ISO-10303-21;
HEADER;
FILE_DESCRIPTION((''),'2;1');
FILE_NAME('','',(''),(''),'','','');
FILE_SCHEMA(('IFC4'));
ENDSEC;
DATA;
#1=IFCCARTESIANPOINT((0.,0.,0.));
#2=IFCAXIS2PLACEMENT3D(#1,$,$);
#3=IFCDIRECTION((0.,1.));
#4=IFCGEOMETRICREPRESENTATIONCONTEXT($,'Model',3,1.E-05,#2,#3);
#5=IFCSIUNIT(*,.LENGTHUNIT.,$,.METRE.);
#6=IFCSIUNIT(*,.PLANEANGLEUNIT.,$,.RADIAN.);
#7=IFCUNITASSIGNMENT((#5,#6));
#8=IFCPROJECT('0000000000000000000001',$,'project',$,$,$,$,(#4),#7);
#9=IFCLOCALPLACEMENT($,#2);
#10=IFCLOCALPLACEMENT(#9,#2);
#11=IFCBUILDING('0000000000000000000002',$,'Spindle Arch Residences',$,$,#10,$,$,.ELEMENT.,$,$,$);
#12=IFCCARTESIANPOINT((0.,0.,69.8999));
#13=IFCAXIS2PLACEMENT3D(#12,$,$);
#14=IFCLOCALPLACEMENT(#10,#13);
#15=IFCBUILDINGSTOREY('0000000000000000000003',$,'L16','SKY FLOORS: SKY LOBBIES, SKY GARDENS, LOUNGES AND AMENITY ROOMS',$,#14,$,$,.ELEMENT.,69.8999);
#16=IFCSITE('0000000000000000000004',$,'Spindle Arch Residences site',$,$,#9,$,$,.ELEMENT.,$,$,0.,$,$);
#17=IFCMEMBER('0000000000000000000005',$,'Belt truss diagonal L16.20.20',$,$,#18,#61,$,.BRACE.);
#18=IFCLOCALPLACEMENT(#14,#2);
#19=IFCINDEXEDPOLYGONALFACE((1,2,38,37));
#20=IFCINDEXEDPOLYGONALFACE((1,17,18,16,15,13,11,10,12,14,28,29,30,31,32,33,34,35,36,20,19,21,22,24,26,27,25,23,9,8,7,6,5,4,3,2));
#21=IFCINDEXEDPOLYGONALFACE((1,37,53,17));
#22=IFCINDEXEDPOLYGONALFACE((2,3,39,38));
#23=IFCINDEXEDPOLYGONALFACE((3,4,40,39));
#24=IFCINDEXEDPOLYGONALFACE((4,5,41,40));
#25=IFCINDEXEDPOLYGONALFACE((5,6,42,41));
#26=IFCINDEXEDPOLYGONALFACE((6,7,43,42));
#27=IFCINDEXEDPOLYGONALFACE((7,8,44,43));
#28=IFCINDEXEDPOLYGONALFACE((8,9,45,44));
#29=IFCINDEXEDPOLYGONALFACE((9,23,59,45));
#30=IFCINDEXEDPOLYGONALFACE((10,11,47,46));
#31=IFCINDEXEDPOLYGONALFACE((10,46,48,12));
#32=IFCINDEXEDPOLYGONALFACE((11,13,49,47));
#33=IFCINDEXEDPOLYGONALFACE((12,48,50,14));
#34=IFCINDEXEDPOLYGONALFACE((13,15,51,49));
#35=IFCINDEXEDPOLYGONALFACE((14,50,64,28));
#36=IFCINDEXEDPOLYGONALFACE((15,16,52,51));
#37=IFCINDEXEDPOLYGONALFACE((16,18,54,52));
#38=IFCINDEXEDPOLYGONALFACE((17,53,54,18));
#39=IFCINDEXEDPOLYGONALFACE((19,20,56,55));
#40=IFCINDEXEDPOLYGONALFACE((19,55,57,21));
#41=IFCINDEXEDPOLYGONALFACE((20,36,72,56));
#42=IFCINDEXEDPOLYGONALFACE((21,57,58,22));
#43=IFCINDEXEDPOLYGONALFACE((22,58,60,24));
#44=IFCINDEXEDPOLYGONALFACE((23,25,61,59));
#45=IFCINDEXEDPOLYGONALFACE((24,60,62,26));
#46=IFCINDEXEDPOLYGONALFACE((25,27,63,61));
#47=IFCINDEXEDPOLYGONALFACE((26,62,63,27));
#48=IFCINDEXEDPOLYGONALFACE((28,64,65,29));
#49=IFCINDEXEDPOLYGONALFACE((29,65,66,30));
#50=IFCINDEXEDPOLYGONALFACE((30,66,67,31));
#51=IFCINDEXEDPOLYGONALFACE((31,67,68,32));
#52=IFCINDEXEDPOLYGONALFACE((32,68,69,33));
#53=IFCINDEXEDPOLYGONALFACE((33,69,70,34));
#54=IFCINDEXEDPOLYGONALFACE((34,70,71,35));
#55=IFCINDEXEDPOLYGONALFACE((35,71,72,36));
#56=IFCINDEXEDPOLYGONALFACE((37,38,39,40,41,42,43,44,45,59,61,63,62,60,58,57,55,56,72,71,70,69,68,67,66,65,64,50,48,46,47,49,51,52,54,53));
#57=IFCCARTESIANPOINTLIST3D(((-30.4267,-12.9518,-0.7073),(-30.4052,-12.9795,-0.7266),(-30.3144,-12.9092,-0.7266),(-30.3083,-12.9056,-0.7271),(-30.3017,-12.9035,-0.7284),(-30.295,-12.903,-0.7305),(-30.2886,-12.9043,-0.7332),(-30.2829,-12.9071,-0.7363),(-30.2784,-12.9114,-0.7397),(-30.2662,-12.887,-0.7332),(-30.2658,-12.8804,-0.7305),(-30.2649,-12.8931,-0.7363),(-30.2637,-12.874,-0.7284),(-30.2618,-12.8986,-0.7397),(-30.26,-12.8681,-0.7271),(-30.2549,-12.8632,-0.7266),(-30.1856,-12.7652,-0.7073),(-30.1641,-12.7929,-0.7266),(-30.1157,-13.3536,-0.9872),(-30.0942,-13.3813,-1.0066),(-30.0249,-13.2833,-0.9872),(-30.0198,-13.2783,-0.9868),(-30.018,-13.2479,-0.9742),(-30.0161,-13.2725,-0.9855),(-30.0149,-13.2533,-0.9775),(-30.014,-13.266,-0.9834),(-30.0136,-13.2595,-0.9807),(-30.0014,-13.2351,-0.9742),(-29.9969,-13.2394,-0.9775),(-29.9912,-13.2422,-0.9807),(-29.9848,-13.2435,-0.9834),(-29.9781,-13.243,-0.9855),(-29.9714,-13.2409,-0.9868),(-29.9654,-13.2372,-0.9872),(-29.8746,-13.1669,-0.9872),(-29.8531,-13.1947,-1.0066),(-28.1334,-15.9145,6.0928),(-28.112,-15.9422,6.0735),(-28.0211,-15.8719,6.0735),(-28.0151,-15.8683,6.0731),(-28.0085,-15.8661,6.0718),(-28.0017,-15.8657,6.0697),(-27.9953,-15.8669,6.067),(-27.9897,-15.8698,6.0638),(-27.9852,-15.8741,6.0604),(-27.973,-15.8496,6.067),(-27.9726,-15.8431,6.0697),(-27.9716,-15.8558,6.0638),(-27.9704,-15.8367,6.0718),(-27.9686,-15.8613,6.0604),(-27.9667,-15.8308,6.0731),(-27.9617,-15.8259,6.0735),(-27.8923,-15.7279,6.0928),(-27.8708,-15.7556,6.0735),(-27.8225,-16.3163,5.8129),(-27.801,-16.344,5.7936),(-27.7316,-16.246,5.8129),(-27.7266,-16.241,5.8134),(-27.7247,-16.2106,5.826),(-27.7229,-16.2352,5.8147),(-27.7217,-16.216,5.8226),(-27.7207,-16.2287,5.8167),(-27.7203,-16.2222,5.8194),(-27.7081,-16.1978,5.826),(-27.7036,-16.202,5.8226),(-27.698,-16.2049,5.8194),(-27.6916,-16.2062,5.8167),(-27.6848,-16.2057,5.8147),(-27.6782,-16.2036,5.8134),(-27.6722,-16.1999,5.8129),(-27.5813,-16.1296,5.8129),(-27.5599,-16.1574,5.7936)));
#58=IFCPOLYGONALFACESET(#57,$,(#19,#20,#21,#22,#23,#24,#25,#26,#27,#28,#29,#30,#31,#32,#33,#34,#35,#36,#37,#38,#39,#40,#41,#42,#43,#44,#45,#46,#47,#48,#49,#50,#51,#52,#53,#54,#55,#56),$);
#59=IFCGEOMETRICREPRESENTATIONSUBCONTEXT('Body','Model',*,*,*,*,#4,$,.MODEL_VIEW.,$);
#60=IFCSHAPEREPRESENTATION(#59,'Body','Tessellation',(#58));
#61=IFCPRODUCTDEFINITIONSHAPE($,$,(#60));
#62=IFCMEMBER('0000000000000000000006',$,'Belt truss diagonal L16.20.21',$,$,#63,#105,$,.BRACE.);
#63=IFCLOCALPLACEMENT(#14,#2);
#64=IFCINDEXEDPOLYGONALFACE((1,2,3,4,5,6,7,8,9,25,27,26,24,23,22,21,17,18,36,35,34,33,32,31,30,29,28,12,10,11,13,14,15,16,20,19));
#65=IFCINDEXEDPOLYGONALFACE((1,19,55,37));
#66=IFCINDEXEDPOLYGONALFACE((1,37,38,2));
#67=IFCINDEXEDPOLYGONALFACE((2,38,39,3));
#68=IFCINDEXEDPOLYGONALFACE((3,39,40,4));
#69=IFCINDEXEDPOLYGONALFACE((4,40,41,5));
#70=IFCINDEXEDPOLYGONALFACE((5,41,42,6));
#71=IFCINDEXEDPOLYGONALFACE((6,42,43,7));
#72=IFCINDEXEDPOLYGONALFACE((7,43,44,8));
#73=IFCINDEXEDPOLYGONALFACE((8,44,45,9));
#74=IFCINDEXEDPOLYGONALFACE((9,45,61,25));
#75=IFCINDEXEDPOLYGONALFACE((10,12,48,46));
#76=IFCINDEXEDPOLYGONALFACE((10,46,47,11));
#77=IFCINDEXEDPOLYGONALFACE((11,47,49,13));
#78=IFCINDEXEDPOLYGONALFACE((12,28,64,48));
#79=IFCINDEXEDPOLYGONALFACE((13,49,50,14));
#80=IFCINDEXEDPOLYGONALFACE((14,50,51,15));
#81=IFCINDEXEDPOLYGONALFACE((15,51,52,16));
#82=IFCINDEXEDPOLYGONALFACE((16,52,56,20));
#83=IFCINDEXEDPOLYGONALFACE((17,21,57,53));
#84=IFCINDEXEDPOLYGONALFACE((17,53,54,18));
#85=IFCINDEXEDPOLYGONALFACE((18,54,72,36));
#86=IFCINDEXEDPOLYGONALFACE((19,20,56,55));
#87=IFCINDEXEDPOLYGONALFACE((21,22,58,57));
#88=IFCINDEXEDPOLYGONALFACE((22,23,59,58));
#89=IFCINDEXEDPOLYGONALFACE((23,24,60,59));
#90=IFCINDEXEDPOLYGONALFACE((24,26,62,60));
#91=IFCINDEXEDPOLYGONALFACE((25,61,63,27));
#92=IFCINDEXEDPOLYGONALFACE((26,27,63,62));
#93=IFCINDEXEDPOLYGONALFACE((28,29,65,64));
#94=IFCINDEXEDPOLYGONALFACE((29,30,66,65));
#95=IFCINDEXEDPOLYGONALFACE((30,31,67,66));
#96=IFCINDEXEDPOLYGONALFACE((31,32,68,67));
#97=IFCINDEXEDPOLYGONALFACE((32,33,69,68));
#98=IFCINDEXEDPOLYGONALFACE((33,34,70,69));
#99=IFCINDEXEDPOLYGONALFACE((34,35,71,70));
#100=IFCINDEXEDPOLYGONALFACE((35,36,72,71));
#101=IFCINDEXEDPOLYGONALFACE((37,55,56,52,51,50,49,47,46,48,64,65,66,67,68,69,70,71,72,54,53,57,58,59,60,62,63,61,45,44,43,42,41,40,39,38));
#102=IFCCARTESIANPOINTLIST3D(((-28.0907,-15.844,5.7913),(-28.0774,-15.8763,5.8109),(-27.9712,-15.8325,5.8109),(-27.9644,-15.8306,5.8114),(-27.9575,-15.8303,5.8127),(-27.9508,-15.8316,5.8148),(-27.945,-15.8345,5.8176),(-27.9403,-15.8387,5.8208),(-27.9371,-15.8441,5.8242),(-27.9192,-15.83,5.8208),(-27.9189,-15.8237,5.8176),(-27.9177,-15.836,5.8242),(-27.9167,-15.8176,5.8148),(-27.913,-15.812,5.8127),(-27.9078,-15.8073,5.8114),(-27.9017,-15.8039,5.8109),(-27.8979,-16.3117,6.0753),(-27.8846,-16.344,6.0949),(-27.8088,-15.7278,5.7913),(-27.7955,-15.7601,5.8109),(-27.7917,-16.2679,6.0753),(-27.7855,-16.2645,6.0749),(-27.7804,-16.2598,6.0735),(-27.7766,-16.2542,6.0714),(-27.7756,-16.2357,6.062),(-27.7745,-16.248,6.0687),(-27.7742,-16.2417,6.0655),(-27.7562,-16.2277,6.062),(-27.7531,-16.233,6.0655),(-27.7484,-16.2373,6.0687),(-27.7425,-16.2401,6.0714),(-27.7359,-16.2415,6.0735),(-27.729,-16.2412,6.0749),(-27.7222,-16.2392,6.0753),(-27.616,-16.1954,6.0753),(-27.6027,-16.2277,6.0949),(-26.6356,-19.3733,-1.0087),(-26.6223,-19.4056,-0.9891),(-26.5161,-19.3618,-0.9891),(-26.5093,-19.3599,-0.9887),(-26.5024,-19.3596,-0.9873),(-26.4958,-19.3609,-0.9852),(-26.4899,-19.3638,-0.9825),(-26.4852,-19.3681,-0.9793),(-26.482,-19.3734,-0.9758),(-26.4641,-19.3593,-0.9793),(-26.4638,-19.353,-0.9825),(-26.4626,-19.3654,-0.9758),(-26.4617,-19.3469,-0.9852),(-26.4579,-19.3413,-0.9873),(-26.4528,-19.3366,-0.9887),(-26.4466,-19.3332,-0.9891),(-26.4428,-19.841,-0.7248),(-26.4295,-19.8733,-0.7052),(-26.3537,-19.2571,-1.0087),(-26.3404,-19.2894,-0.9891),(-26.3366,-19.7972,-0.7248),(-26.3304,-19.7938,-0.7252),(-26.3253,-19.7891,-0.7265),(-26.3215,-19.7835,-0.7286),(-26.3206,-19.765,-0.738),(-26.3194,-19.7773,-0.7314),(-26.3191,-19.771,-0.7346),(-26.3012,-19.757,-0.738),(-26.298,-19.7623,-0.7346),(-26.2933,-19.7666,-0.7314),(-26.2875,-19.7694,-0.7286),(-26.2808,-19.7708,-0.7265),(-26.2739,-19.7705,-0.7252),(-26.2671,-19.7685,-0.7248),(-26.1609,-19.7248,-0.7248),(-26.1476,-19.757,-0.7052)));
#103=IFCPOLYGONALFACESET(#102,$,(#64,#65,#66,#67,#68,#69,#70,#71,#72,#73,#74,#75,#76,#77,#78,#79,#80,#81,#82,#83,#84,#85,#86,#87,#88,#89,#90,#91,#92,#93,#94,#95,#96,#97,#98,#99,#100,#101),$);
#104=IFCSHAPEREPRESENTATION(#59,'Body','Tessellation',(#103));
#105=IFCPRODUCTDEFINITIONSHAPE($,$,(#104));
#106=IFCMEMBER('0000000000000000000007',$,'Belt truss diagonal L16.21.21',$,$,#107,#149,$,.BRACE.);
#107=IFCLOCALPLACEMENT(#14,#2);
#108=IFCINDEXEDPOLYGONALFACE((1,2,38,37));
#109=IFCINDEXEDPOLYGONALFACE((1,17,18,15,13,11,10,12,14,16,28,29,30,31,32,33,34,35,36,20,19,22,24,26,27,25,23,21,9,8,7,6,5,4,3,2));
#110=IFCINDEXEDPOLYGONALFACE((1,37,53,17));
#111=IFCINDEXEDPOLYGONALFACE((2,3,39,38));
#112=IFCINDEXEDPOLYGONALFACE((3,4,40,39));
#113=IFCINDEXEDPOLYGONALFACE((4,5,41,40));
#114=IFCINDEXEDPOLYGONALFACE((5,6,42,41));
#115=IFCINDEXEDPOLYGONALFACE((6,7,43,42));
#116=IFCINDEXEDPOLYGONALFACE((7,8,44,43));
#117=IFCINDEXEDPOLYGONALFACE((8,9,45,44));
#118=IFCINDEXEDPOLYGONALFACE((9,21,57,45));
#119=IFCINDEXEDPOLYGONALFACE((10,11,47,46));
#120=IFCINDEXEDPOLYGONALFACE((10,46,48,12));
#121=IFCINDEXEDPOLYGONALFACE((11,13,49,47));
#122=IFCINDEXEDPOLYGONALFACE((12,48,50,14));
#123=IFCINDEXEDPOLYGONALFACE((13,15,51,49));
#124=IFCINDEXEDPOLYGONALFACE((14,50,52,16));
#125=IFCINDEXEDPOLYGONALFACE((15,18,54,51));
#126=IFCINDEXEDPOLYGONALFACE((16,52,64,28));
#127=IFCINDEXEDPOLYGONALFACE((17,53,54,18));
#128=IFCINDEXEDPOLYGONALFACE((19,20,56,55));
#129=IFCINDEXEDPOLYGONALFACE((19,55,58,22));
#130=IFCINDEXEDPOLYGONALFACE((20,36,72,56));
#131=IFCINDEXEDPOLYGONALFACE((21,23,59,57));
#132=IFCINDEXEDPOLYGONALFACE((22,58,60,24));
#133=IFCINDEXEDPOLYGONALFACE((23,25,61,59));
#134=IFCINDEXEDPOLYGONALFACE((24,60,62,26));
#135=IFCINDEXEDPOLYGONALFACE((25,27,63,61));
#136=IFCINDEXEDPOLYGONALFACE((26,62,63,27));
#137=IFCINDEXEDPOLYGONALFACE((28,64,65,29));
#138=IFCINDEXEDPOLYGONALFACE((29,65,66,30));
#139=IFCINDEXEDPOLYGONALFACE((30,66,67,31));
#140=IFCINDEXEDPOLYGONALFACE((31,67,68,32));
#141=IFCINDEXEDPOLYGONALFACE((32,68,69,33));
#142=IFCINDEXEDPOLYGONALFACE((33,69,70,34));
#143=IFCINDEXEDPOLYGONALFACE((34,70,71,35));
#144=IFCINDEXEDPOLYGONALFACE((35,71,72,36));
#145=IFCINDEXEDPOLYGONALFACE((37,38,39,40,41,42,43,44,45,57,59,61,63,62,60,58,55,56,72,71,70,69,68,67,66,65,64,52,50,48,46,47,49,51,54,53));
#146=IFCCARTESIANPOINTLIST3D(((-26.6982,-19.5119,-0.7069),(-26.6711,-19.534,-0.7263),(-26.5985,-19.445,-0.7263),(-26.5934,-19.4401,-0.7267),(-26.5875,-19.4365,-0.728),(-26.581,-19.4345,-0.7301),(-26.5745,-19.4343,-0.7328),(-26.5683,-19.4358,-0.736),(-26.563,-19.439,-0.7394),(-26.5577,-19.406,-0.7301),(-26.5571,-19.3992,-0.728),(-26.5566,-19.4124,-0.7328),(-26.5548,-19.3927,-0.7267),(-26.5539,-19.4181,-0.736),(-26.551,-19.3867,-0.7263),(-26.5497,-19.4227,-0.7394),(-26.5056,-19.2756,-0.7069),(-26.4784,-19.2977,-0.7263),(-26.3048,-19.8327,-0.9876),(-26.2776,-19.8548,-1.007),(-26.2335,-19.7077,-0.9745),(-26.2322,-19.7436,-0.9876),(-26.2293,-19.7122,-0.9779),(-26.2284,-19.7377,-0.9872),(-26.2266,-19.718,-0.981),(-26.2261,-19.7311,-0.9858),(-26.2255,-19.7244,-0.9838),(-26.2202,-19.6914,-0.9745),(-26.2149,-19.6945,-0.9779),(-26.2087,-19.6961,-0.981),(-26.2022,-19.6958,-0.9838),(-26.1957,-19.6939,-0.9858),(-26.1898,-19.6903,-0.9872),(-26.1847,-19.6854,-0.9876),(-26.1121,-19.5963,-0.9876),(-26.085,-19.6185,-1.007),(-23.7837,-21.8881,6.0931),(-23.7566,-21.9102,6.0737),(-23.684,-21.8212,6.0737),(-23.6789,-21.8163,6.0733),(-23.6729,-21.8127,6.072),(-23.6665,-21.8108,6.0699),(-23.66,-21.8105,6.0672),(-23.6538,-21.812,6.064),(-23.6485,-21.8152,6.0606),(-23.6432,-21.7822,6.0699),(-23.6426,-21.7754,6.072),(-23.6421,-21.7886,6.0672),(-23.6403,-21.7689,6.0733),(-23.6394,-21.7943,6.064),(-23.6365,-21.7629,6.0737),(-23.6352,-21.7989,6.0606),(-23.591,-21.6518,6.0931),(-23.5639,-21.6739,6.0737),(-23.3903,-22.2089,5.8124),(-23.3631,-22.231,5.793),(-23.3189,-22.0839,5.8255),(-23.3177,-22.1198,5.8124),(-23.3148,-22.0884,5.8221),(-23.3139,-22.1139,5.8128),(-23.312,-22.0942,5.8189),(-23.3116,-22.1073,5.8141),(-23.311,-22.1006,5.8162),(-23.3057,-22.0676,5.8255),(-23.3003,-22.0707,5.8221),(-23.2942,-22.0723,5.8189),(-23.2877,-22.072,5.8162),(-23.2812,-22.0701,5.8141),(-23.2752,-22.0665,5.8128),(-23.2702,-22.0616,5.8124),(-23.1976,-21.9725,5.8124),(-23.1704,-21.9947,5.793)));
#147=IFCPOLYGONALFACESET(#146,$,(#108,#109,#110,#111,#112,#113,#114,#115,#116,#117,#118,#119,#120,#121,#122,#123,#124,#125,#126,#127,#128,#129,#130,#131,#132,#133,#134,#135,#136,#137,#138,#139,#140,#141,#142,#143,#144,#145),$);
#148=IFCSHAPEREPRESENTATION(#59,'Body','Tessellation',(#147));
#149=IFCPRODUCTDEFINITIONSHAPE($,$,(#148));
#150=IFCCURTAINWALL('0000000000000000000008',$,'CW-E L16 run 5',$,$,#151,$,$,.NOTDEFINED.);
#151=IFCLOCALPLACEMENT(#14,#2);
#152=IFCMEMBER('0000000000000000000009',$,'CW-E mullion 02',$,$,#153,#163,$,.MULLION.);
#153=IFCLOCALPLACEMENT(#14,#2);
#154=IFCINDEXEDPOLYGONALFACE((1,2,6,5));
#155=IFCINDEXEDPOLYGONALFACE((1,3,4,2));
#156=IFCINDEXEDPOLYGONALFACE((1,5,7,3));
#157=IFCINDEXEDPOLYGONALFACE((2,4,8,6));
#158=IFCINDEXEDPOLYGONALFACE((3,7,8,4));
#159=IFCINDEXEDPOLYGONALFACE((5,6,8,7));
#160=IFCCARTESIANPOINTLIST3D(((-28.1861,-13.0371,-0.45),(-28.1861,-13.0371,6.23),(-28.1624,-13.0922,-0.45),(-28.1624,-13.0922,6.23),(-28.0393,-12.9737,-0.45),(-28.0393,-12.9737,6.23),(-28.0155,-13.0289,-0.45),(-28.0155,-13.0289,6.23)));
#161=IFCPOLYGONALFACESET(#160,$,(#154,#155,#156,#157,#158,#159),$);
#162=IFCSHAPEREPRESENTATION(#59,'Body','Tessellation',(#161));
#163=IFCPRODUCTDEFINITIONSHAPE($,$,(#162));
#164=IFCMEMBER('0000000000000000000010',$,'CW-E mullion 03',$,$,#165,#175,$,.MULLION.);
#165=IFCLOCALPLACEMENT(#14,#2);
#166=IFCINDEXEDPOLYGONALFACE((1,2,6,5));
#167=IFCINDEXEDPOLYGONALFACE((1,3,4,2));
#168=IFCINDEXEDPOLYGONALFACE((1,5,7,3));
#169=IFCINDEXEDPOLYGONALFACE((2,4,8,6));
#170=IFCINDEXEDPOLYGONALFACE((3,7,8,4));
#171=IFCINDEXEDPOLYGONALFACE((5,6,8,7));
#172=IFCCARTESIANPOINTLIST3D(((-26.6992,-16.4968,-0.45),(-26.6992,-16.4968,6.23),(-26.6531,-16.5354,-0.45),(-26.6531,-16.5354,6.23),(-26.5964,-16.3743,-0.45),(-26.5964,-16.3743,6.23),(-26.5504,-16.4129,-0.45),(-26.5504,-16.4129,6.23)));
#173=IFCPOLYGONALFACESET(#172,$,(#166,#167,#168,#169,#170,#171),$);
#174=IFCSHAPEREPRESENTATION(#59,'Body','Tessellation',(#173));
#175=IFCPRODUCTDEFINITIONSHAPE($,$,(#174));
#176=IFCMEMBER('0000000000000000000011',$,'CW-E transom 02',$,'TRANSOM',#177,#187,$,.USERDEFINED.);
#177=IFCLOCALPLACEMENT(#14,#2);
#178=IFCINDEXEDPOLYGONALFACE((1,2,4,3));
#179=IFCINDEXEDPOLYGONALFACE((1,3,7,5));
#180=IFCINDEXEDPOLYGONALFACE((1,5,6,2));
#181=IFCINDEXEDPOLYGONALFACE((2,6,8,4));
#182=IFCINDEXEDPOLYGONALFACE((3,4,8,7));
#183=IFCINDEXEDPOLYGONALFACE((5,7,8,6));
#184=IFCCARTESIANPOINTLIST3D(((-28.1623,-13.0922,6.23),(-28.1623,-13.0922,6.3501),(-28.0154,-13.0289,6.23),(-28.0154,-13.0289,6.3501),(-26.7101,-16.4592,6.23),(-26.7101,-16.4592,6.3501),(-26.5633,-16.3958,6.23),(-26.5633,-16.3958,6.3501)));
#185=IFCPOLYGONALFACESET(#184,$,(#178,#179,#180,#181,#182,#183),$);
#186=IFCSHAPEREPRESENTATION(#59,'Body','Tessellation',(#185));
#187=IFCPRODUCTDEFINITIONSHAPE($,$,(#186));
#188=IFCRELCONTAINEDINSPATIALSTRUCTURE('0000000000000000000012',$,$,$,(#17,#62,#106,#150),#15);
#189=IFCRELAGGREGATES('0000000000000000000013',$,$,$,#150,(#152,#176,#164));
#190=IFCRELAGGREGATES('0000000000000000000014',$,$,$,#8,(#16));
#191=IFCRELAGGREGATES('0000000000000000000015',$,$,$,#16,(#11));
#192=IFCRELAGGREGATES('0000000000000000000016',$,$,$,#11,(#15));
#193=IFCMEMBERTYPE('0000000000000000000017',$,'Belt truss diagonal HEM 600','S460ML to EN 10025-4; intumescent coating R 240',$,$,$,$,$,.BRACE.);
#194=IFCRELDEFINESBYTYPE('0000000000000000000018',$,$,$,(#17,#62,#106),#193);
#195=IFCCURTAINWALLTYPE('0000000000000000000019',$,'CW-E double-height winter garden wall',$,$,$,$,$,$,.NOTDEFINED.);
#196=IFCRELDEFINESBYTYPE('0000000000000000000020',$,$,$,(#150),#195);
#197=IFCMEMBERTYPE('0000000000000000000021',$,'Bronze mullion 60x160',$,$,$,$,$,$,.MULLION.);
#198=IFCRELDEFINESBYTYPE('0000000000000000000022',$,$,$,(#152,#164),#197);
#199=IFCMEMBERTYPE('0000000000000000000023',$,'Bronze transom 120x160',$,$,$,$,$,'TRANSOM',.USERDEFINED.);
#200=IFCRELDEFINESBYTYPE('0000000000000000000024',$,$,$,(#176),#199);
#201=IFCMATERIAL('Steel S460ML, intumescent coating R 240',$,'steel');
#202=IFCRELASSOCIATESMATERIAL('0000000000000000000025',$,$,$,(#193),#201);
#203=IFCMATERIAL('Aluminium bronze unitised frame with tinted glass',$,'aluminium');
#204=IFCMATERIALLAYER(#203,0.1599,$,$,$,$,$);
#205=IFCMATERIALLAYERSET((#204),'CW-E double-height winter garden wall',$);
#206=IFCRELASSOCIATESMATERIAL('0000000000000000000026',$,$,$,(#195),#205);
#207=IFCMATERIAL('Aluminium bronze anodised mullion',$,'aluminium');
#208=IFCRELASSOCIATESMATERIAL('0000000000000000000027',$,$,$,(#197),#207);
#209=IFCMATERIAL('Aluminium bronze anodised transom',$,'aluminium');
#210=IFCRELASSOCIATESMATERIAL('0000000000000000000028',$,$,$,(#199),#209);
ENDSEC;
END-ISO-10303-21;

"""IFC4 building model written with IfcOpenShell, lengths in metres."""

from ifc_helpers import new_model, si_unit, direction, frame, origin, origin_2d, place, context, subcontext, project, spatial, rectangle, i_section, extrude, material, layer, layer_set, material_profile, profile_set, type_object, element, aggregate, save


model = new_model("IFC4")

# Units and contexts
model_context = context("Model", 3, precision=1e-05, world=origin(), true_north=direction((0.0, 1.0)))
body_context = subcontext(model_context, "Body", "Model", "MODEL_VIEW")
ifc_project = project(units=[si_unit("LENGTHUNIT", "METRE"), si_unit("PLANEANGLEUNIT", "RADIAN")], contexts=[model_context])

# Site, building, storey
site_placement = place(None, origin())
site = spatial("IfcSite", under=ifc_project, at=site_placement, Name="Spindle Arch Residences site", CompositionType="ELEMENT", RefElevation=0.0)
building_placement = place(site_placement, origin())
building = spatial("IfcBuilding", under=site, at=building_placement, Name="Spindle Arch Residences", CompositionType="ELEMENT")
storey_placement = place(building_placement, frame((0.0, 0.0, 69.8999)))
storey = spatial("IfcBuildingStorey", under=building, at=storey_placement, Name="L16", Description="SKY FLOORS: SKY LOBBIES, SKY GARDENS, LOUNGES AND AMENITY ROOMS", CompositionType="ELEMENT", Elevation=69.8999)

# Members
ifc_material_1 = material(Name="Steel S460ML, intumescent coating R 240", Category="steel")
ifc_material_profile_1 = material_profile(ifc_material_1, i_section(OverallWidth=0.3049, OverallDepth=0.6201, WebThickness=0.021, FlangeThickness=0.04, FilletRadius=0.0271, at=origin_2d()), Name="HEM 600")
ifc_profile_set_1 = profile_set([ifc_material_profile_1], Name="Steel S460ML, intumescent coating R 240")
member_type_1 = type_object("IfcMemberType", Name="Belt truss diagonal HEM 600", Description="S460ML to EN 10025-4; intumescent coating R 240", PredefinedType="BRACE", material=ifc_profile_set_1)
member_1_placement = place(storey_placement, frame((-30.1399, -13.0732, -0.8569), z_axis=(0.295372, -0.381597, 0.875865), x_axis=(0.790782, 0.612098, 0.0)))
element("IfcMember", 1, at=member_1_placement, inside=storey, type_object=member_type_1, Name="Belt truss diagonal L16.20.20", PredefinedType="BRACE", context=body_context, shape_type="SweptSolid", body=[
    extrude(i_section(OverallWidth=0.3049, OverallDepth=0.6201, WebThickness=0.021, FlangeThickness=0.04, FilletRadius=0.0271, at=origin_2d()), origin(), (0.0, 0.0, 1.0), 7.7639),
])
member_2_placement = place(storey_placement, frame((-26.3916, -19.5652, -0.8569), z_axis=(-0.186589, 0.452571, 0.871989), x_axis=(-0.924508, -0.381161, 0.0)))
element("IfcMember", 2, at=member_2_placement, inside=storey, type_object=member_type_1, Name="Belt truss diagonal L16.20.21", PredefinedType="BRACE", context=body_context, shape_type="SweptSolid", body=[
    extrude(i_section(OverallWidth=0.3049, OverallDepth=0.6201, WebThickness=0.021, FlangeThickness=0.04, FilletRadius=0.0271, at=origin_2d()), origin(), (0.0, 0.0, 1.0), 7.7983),
])
member_3_placement = place(storey_placement, frame((-26.3916, -19.5652, -0.8569), z_axis=(0.375076, -0.305798, 0.875103), x_axis=(0.631897, 0.775052, 0.0)))
element("IfcMember", 3, at=member_3_placement, inside=storey, type_object=member_type_1, Name="Belt truss diagonal L16.21.21", PredefinedType="BRACE", context=body_context, shape_type="SweptSolid", body=[
    extrude(i_section(OverallWidth=0.3049, OverallDepth=0.6201, WebThickness=0.021, FlangeThickness=0.04, FilletRadius=0.0271, at=origin_2d()), origin(), (0.0, 0.0, 1.0), 7.7705),
])

# Curtain wall, members
ifc_material_2 = material(Name="Aluminium bronze unitised frame with tinted glass", Category="aluminium")
ifc_layer_1 = layer(ifc_material_2, 0.1599)
ifc_layer_set_1 = layer_set([ifc_layer_1], Name="CW-E double-height winter garden wall")
curtain_wall_type = type_object("IfcCurtainWallType", Name="CW-E double-height winter garden wall", PredefinedType="NOTDEFINED", material=ifc_layer_set_1)
curtain_wall_placement = place(storey_placement, origin())
curtain_wall = element("IfcCurtainWall", 4, at=curtain_wall_placement, inside=storey, type_object=curtain_wall_type, Name="CW-E L16 run 5", PredefinedType="NOTDEFINED")
ifc_material_3 = material(Name="Aluminium bronze anodised mullion", Category="aluminium")
ifc_material_profile_2 = material_profile(ifc_material_3, rectangle(XDim=0.1599, YDim=0.0601, at=origin_2d()), Name="MU 60x160")
ifc_profile_set_2 = profile_set([ifc_material_profile_2], Name="Aluminium bronze anodised mullion")
member_type_2 = type_object("IfcMemberType", Name="Bronze mullion 60x160", PredefinedType="MULLION", material=ifc_profile_set_2)
member_4_placement = place(storey_placement, frame((-28.1008, -13.033, -0.45), z_axis=(0.0, 0.0, 1.0), x_axis=(0.918216, 0.39608, 0.0)))
member_4 = element("IfcMember", 5, at=member_4_placement, type_object=member_type_2, Name="CW-E mullion 02", PredefinedType="MULLION", context=body_context, shape_type="SweptSolid", body=[
    extrude(rectangle(XDim=0.1599, YDim=0.0601, at=origin_2d()), origin(), (0.0, 0.0, 1.0), 6.6799),
])
member_5_placement = place(storey_placement, frame((-26.6248, -16.4548, -0.45), z_axis=(0.0, 0.0, 1.0), x_axis=(0.642788, 0.766044, 0.0)))
member_5 = element("IfcMember", 6, at=member_5_placement, type_object=member_type_2, Name="CW-E mullion 03", PredefinedType="MULLION", context=body_context, shape_type="SweptSolid", body=[
    extrude(rectangle(XDim=0.1599, YDim=0.0601, at=origin_2d()), origin(), (0.0, 0.0, 1.0), 6.6799),
])
ifc_material_4 = material(Name="Aluminium bronze anodised transom", Category="aluminium")
ifc_material_profile_3 = material_profile(ifc_material_4, rectangle(XDim=0.1599, YDim=0.1201, at=origin_2d()), Name="TR 120x160")
ifc_profile_set_3 = profile_set([ifc_material_profile_3], Name="Aluminium bronze anodised transom")
member_type_3 = type_object("IfcMemberType", Name="Bronze transom 120x160", ElementType="TRANSOM", PredefinedType="USERDEFINED", material=ifc_profile_set_3)
member_6_placement = place(storey_placement, frame((-28.0889, -13.0605, 6.29), z_axis=(0.396032, -0.918237, 0.0), x_axis=(0.918237, 0.396032, 0.0)))
member_6 = element("IfcMember", 7, at=member_6_placement, type_object=member_type_3, Name="CW-E transom 02", ObjectType="TRANSOM", PredefinedType="USERDEFINED", context=body_context, shape_type="SweptSolid", body=[
    extrude(rectangle(XDim=0.1599, YDim=0.1201, at=origin_2d()), origin(), (0.0, 0.0, 1.0), 3.6667),
])
aggregate(curtain_wall, [member_4, member_6, member_5])

save(model, "model.ifc")
